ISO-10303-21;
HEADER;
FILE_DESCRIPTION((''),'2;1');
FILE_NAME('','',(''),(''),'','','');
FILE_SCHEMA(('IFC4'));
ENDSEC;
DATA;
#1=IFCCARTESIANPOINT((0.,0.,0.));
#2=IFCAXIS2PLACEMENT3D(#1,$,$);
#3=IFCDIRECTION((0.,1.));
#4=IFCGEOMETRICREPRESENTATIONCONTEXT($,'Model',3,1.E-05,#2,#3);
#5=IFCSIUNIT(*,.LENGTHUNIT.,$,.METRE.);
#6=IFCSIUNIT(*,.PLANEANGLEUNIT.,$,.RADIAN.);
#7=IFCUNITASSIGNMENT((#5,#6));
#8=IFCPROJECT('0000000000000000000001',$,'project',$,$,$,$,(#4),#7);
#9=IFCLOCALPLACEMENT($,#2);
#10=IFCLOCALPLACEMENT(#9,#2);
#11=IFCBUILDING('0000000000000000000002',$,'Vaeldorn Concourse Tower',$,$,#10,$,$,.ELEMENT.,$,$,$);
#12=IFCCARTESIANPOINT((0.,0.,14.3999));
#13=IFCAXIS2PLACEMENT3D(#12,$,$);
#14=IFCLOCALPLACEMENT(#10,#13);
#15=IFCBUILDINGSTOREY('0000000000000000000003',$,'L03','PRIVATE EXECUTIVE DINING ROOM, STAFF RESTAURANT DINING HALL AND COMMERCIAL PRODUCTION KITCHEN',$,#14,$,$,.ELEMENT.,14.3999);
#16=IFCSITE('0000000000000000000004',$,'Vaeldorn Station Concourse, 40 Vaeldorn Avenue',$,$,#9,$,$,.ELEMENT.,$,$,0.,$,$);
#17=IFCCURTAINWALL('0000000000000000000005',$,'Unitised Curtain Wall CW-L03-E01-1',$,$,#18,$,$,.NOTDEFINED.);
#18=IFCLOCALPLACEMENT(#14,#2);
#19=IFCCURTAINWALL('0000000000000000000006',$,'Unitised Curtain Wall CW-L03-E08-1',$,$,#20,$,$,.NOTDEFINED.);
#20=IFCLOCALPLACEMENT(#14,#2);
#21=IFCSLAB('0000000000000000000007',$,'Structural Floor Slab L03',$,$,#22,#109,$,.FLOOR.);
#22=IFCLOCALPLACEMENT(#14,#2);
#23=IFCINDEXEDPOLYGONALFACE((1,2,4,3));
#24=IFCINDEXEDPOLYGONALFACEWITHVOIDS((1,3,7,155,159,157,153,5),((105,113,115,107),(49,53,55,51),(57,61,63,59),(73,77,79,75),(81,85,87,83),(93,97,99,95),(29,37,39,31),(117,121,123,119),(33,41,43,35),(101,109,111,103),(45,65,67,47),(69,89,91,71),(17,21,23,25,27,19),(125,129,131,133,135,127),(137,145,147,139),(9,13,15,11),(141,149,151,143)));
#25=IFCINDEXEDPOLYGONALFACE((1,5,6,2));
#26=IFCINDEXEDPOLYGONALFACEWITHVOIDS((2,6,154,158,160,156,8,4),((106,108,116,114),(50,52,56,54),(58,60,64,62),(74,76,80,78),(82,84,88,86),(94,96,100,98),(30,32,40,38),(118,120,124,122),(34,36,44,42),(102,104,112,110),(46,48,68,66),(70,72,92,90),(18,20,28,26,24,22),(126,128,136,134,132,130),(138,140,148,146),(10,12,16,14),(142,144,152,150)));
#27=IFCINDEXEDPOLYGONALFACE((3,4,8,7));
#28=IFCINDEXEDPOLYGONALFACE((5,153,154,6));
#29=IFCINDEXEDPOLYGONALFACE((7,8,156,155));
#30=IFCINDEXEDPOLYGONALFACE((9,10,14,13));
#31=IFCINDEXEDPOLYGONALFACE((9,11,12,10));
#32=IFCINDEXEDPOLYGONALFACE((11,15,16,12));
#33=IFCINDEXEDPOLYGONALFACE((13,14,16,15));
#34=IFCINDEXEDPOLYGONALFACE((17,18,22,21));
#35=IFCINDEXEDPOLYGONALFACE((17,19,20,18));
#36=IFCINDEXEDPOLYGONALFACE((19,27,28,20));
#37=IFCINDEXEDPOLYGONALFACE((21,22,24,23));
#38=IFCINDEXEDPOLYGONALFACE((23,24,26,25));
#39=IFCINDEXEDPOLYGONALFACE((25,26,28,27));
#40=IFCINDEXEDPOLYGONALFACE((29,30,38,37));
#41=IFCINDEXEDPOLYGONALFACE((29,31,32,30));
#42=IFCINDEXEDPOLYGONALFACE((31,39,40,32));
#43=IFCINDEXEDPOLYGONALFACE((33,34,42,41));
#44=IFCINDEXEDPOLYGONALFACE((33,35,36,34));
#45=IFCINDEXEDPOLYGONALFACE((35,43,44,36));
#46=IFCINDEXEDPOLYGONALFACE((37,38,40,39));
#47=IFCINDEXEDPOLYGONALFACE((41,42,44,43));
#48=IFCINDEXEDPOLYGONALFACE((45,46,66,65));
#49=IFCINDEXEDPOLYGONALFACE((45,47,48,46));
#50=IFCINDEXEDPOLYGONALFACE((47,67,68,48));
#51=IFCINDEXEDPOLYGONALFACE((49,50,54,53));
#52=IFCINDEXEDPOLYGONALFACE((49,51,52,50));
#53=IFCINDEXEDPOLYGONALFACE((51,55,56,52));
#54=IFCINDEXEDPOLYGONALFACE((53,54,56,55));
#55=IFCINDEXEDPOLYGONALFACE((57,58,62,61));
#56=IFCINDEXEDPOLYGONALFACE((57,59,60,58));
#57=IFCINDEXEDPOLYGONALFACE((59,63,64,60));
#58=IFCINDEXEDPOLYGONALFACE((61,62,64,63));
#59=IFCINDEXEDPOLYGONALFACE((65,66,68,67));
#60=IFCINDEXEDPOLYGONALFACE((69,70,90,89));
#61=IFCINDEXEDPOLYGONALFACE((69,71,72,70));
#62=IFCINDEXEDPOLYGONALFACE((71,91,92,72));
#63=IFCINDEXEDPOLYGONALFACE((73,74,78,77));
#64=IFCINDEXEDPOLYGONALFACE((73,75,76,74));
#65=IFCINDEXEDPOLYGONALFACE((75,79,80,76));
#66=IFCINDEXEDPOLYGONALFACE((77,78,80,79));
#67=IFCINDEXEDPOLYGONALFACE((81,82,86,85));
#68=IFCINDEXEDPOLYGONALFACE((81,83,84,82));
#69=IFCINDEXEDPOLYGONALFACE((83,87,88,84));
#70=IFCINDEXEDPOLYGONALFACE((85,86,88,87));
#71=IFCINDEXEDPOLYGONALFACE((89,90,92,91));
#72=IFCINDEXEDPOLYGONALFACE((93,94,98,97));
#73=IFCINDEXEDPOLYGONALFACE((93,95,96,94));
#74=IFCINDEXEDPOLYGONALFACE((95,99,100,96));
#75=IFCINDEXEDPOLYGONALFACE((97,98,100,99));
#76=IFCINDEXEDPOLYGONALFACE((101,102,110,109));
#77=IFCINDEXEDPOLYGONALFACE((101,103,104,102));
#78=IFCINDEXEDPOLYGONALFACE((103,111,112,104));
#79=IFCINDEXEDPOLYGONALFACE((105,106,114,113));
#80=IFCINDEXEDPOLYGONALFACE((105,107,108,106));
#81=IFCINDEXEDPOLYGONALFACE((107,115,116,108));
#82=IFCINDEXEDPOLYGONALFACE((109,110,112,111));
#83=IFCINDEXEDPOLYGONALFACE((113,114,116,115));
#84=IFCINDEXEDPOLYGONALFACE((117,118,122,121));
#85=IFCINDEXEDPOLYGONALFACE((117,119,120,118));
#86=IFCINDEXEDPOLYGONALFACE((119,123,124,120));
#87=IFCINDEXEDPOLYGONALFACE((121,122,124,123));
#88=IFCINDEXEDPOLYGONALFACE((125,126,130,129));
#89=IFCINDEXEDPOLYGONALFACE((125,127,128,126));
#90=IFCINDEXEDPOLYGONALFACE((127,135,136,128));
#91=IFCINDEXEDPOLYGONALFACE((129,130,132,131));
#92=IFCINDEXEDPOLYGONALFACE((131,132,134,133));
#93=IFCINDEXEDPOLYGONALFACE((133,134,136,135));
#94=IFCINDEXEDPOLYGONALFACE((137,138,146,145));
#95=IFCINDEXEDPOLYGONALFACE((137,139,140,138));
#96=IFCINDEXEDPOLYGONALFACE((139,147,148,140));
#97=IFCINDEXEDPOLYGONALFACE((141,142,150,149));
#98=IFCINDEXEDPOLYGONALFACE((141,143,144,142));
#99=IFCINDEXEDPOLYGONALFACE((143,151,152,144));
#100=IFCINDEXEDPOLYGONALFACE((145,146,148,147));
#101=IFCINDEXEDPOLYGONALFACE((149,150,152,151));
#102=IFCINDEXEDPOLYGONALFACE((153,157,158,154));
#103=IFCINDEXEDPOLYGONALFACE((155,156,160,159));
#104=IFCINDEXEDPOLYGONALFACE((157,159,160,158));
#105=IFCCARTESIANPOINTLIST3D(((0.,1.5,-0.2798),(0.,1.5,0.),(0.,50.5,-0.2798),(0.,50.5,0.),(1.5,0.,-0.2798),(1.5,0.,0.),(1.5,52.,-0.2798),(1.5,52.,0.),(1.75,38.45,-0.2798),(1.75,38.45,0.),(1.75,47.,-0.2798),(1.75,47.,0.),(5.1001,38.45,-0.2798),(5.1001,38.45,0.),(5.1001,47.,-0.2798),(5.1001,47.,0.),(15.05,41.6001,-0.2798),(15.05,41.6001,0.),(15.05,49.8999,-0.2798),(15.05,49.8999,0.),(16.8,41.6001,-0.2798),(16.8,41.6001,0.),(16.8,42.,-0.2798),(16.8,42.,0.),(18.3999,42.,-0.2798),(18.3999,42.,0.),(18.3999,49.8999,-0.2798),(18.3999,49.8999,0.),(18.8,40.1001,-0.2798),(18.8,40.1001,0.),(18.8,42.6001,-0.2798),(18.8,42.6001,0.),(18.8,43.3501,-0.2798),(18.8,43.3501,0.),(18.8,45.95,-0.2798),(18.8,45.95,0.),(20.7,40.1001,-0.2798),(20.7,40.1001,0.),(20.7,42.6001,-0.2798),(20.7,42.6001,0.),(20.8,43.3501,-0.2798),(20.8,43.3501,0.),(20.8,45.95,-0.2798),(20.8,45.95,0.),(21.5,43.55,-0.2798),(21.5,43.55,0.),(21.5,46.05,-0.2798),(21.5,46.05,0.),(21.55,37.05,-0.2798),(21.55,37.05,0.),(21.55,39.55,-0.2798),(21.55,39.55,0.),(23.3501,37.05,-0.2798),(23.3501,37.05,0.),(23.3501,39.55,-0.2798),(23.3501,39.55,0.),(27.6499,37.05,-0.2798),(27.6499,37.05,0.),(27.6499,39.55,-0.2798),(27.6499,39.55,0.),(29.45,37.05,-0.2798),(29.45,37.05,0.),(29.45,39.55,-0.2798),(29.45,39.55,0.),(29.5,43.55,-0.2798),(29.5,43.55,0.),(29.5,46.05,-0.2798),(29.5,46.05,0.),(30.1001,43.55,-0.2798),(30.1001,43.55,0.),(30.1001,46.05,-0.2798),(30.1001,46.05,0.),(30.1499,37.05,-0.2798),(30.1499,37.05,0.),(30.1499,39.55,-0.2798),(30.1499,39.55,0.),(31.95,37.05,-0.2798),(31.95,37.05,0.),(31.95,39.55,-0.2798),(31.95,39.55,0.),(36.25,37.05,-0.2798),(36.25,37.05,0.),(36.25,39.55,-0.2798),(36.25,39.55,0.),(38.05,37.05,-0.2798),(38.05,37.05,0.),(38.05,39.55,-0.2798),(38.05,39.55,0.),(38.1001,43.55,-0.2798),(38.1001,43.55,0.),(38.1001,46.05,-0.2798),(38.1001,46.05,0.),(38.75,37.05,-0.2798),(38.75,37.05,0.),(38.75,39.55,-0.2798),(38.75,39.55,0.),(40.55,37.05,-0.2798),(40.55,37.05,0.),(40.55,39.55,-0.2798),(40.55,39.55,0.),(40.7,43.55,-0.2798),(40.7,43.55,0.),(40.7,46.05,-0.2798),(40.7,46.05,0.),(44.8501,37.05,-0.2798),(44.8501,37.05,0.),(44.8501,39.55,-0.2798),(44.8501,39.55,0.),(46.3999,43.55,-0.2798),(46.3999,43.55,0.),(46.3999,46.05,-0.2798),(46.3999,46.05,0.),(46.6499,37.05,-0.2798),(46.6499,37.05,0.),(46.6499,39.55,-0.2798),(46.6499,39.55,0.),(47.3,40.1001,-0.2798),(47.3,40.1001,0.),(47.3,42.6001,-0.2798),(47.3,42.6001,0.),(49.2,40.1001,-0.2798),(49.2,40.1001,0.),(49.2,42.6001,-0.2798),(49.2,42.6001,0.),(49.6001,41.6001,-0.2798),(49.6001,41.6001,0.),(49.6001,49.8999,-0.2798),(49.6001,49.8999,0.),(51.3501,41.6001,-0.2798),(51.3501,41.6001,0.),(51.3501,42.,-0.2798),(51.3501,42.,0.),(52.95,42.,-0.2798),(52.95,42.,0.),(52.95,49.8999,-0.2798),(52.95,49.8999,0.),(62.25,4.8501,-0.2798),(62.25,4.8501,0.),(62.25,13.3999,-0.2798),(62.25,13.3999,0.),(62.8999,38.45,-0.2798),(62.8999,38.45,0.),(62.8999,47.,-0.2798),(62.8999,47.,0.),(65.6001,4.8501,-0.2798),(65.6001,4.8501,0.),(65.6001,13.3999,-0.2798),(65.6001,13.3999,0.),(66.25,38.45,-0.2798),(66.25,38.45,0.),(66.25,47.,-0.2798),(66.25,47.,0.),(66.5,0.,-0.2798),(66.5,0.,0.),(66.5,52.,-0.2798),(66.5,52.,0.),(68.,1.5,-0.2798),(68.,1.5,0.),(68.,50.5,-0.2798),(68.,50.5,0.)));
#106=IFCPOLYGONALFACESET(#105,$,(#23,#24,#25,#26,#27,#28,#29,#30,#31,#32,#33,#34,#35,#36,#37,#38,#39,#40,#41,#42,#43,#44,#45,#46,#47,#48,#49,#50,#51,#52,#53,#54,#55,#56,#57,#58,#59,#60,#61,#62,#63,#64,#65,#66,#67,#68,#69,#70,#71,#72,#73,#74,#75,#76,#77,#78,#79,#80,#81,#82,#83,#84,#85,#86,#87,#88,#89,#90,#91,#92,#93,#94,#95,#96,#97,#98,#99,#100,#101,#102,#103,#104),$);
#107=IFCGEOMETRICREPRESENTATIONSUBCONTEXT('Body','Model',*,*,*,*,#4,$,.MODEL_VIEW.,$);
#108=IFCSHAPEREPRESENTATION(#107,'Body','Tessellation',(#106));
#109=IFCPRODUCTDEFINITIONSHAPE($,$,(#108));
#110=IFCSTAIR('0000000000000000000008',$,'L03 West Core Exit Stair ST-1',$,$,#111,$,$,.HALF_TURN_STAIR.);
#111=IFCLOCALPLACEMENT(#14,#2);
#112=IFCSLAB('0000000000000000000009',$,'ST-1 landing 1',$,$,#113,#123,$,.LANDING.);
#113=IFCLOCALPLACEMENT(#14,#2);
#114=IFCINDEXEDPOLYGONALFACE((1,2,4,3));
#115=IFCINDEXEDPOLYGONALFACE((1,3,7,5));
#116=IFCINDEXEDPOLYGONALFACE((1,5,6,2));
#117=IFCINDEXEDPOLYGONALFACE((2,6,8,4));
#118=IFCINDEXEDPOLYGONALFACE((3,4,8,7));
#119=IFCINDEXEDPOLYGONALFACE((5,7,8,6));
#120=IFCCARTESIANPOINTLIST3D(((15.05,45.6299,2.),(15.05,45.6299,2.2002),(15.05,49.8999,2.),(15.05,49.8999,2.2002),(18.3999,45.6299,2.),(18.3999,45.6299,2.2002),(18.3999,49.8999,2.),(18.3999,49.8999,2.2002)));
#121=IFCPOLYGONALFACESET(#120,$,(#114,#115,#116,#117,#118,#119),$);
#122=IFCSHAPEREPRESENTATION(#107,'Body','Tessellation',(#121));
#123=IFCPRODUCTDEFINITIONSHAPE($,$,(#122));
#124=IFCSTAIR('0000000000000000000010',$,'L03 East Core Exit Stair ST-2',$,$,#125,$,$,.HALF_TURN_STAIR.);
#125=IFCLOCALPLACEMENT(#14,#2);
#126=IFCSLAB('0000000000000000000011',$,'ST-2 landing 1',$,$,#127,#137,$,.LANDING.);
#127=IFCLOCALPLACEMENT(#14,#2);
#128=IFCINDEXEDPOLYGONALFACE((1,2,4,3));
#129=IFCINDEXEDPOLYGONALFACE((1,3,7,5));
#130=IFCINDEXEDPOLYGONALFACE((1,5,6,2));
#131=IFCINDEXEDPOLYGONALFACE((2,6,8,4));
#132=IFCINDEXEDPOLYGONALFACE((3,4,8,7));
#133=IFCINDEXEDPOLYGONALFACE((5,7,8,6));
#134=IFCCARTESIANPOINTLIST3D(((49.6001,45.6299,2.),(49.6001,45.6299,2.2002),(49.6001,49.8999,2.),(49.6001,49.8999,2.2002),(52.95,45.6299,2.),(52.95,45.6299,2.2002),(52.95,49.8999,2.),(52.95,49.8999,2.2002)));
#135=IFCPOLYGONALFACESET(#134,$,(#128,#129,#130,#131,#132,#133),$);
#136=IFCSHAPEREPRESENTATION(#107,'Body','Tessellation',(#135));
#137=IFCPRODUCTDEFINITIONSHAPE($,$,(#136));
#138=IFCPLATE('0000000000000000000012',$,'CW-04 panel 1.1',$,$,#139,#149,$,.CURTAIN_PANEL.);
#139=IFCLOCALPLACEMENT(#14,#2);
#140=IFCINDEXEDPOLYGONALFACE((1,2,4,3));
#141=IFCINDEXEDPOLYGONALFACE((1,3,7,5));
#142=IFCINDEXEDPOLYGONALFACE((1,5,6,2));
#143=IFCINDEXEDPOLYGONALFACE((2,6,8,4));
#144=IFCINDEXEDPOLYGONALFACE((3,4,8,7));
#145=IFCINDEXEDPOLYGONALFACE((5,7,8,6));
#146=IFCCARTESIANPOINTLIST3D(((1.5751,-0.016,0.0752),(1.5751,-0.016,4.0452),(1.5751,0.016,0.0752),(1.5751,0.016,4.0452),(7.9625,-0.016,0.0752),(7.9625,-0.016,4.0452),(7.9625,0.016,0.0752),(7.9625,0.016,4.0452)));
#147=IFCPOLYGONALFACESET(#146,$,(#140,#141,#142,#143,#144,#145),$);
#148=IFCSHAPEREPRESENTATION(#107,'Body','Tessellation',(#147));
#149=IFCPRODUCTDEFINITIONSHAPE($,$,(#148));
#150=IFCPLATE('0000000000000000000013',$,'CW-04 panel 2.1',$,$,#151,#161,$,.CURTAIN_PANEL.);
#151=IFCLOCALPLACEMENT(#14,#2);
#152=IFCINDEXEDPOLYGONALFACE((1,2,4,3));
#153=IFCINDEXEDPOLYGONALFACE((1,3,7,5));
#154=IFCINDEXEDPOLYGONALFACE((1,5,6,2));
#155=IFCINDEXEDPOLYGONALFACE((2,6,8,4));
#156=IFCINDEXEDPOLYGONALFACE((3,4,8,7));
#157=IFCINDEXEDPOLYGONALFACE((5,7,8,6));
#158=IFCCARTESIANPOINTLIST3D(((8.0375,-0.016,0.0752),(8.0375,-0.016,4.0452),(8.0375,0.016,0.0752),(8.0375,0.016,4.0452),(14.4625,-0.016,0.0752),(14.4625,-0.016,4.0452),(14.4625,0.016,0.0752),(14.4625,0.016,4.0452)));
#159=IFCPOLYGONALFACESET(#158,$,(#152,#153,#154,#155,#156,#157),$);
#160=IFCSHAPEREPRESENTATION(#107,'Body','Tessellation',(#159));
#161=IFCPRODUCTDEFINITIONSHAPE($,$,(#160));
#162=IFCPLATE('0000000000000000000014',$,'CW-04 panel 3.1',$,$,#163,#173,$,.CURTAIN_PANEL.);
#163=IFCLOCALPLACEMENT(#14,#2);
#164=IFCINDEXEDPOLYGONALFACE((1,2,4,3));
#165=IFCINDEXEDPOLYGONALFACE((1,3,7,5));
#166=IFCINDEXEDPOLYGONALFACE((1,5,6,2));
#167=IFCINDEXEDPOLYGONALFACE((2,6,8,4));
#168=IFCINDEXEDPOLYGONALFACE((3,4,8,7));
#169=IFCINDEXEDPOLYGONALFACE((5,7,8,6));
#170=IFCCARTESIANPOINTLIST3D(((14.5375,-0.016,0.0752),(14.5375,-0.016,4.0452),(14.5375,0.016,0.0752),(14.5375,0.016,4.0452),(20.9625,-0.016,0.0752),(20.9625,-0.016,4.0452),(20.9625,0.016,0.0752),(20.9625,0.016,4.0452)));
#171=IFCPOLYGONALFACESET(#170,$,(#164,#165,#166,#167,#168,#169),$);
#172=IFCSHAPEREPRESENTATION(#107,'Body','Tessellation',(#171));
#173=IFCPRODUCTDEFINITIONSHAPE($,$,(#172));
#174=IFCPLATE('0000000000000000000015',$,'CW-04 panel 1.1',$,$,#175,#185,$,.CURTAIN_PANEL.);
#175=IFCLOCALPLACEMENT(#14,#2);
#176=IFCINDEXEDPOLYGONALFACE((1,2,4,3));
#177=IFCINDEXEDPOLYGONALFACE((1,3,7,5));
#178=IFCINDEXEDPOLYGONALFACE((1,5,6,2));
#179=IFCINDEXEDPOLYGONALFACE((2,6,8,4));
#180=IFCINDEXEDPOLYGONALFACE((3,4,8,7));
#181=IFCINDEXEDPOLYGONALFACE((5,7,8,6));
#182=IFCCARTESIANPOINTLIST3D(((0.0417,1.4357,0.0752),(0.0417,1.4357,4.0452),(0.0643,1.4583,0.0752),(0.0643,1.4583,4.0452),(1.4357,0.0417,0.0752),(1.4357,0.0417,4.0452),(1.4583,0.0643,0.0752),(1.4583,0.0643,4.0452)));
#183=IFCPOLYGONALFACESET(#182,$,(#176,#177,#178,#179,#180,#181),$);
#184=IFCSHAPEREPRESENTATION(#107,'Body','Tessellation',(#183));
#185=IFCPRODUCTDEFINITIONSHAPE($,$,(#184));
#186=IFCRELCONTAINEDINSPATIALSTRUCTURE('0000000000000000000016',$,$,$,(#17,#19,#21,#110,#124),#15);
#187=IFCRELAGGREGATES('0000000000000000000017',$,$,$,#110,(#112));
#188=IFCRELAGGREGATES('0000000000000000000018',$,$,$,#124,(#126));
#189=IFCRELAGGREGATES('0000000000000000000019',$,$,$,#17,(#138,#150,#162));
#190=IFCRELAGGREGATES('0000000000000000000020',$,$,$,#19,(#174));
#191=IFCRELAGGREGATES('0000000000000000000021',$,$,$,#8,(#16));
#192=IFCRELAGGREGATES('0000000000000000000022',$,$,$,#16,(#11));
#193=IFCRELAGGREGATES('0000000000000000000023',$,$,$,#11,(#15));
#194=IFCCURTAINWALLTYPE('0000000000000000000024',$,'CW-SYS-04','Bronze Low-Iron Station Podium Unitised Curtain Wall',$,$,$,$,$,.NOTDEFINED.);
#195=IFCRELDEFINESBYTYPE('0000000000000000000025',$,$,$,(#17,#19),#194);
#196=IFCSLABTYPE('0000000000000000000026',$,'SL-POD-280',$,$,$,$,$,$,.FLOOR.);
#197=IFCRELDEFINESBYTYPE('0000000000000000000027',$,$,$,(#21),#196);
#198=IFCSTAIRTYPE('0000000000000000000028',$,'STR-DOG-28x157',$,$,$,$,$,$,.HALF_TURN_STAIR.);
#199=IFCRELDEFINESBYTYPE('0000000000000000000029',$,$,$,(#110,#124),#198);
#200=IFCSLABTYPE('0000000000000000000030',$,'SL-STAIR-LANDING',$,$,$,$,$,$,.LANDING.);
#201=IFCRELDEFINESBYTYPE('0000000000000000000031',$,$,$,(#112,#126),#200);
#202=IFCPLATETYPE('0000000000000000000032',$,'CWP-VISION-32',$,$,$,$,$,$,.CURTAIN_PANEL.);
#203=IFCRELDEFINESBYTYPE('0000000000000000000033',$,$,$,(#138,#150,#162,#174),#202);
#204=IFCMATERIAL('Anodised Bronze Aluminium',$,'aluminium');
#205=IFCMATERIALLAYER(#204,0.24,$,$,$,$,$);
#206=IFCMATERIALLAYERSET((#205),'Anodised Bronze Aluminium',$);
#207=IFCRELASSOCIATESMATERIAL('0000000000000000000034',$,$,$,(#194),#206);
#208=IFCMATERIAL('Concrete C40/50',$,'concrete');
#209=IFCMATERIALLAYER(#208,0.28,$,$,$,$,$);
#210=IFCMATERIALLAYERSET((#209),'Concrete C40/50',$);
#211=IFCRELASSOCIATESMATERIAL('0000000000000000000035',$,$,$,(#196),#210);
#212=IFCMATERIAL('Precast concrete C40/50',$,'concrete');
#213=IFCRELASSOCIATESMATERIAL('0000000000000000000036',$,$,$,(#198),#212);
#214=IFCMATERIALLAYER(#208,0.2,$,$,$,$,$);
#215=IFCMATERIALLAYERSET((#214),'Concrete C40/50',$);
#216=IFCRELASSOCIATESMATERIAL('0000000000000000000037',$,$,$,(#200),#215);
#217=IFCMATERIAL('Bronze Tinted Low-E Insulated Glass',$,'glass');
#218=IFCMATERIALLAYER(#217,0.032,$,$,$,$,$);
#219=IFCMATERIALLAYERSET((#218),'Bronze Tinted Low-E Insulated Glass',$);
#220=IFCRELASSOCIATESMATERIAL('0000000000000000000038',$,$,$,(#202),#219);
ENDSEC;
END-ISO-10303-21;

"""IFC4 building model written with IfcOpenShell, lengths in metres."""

from ifc_helpers import new_model, si_unit, direction, frame, origin, origin_2d, place, context, subcontext, project, spatial, polyline, rectangle, outline, extrude, source, transform, mapped, material, layer, layer_set, type_object, element, aggregate, save


model = new_model("IFC4")

# Units and contexts
model_context = context("Model", 3, precision=1e-05, world=origin(), true_north=direction((0.0, 1.0)))
body_context = subcontext(model_context, "Body", "Model", "MODEL_VIEW")
ifc_project = project(units=[si_unit("LENGTHUNIT", "METRE"), si_unit("PLANEANGLEUNIT", "RADIAN")], contexts=[model_context])

# Site, building, storey
site_placement = place(None, origin())
site = spatial("IfcSite", under=ifc_project, at=site_placement, Name="Vaeldorn Station Concourse, 40 Vaeldorn Avenue", CompositionType="ELEMENT", RefElevation=0.0)
building_placement = place(site_placement, origin())
building = spatial("IfcBuilding", under=site, at=building_placement, Name="Vaeldorn Concourse Tower", CompositionType="ELEMENT")
storey_placement = place(building_placement, frame((0.0, 0.0, 14.3999)))
storey = spatial("IfcBuildingStorey", under=building, at=storey_placement, Name="L03", Description="PRIVATE EXECUTIVE DINING ROOM, STAFF RESTAURANT DINING HALL AND COMMERCIAL PRODUCTION KITCHEN", CompositionType="ELEMENT", Elevation=14.3999)

# Curtain wall
ifc_material_1 = material(Name="Anodised Bronze Aluminium", Category="aluminium")
ifc_layer_1 = layer(ifc_material_1, 0.24)
ifc_layer_set_1 = layer_set([ifc_layer_1], Name="Anodised Bronze Aluminium")
curtain_wall_type = type_object("IfcCurtainWallType", Name="CW-SYS-04", Description="Bronze Low-Iron Station Podium Unitised Curtain Wall", PredefinedType="NOTDEFINED", material=ifc_layer_set_1)
curtain_wall_1_placement = place(storey_placement, origin())
curtain_wall_1 = element("IfcCurtainWall", 1, at=curtain_wall_1_placement, inside=storey, type_object=curtain_wall_type, Name="Unitised Curtain Wall CW-L03-E01-1", PredefinedType="NOTDEFINED")

# Curtain wall
curtain_wall_2_placement = place(storey_placement, origin())
curtain_wall_2 = element("IfcCurtainWall", 2, at=curtain_wall_2_placement, inside=storey, type_object=curtain_wall_type, Name="Unitised Curtain Wall CW-L03-E08-1", PredefinedType="NOTDEFINED")

# Slab
ifc_material_2 = material(Name="Concrete C40/50", Category="concrete")
ifc_layer_2 = layer(ifc_material_2, 0.28)
ifc_layer_set_2 = layer_set([ifc_layer_2], Name="Concrete C40/50")
slab_type_1 = type_object("IfcSlabType", Name="SL-POD-280", PredefinedType="FLOOR", material=ifc_layer_set_2)
slab_1_placement = place(storey_placement, frame((0.0, 0.0, -0.2798)))
element("IfcSlab", 3, at=slab_1_placement, inside=storey, type_object=slab_type_1, Name="Structural Floor Slab L03", PredefinedType="FLOOR", context=body_context, shape_type="SweptSolid", body=[
    extrude(outline(polyline([(1.5, 0.0), (66.5, 0.0), (68.0, 1.5), (68.0, 50.5), (66.5, 52.0), (1.5, 52.0), (0.0, 50.5), (0.0, 1.5), (1.5, 0.0)]), holes=[polyline([(18.3999, 42.0), (18.3999, 49.8999), (15.05, 49.8999), (15.05, 41.6001), (16.8, 41.6001), (16.8, 42.0), (18.3999, 42.0)]), polyline([(52.95, 42.0), (52.95, 49.8999), (49.6001, 49.8999), (49.6001, 41.6001), (51.3501, 41.6001), (51.3501, 42.0), (52.95, 42.0)]), polyline([(5.1001, 38.45), (5.1001, 47.0), (1.75, 47.0), (1.75, 38.45), (5.1001, 38.45)]), polyline([(66.25, 38.45), (66.25, 47.0), (62.8999, 47.0), (62.8999, 38.45), (66.25, 38.45)]), polyline([(65.6001, 4.8501), (65.6001, 13.3999), (62.25, 13.3999), (62.25, 4.8501), (65.6001, 4.8501)]), polyline([(21.55, 37.05), (23.3501, 37.05), (23.3501, 39.55), (21.55, 39.55), (21.55, 37.05)]), polyline([(27.6499, 37.05), (29.45, 37.05), (29.45, 39.55), (27.6499, 39.55), (27.6499, 37.05)]), polyline([(21.5, 43.55), (29.5, 43.55), (29.5, 46.05), (21.5, 46.05), (21.5, 43.55)]), polyline([(30.1499, 37.05), (31.95, 37.05), (31.95, 39.55), (30.1499, 39.55), (30.1499, 37.05)]), polyline([(36.25, 37.05), (38.05, 37.05), (38.05, 39.55), (36.25, 39.55), (36.25, 37.05)]), polyline([(30.1001, 43.55), (38.1001, 43.55), (38.1001, 46.05), (30.1001, 46.05), (30.1001, 43.55)]), polyline([(38.75, 37.05), (40.55, 37.05), (40.55, 39.55), (38.75, 39.55), (38.75, 37.05)]), polyline([(44.8501, 37.05), (46.6499, 37.05), (46.6499, 39.55), (44.8501, 39.55), (44.8501, 37.05)]), polyline([(40.7, 43.55), (46.3999, 43.55), (46.3999, 46.05), (40.7, 46.05), (40.7, 43.55)]), polyline([(18.8, 43.3501), (20.8, 43.3501), (20.8, 45.95), (18.8, 45.95), (18.8, 43.3501)]), polyline([(18.8, 40.1001), (20.7, 40.1001), (20.7, 42.6001), (18.8, 42.6001), (18.8, 40.1001)]), polyline([(47.3, 40.1001), (49.2, 40.1001), (49.2, 42.6001), (47.3, 42.6001), (47.3, 40.1001)])]), origin(), (0.0, 0.0, 1.0), 0.2798),
])

# Stairs, slabs
ifc_material_3 = material(Name="Precast concrete C40/50", Category="concrete")
stair_type = type_object("IfcStairType", Name="STR-DOG-28x157", PredefinedType="HALF_TURN_STAIR", material=ifc_material_3)
stair_1_placement = place(storey_placement, origin())
stair_1 = element("IfcStair", 4, at=stair_1_placement, inside=storey, type_object=stair_type, Name="L03 West Core Exit Stair ST-1", PredefinedType="HALF_TURN_STAIR")
ifc_layer_3 = layer(ifc_material_2, 0.2)
ifc_layer_set_3 = layer_set([ifc_layer_3], Name="Concrete C40/50")
slab_type_2 = type_object("IfcSlabType", Name="SL-STAIR-LANDING", PredefinedType="LANDING", material=ifc_layer_set_3)
slab_2_placement = place(storey_placement, frame((0.0, 0.0, 2.0)))
slab_2 = element("IfcSlab", 5, at=slab_2_placement, type_object=slab_type_2, Name="ST-1 landing 1", PredefinedType="LANDING", context=body_context, shape_type="SweptSolid", body=[
    extrude(outline(polyline([(18.3999, 45.6299), (18.3999, 49.8999), (15.05, 49.8999), (15.05, 45.6299), (18.3999, 45.6299)])), origin(), (0.0, 0.0, 1.0), 0.2002),
])
aggregate(stair_1, [slab_2])
stair_2_placement = place(storey_placement, origin())
stair_2 = element("IfcStair", 6, at=stair_2_placement, inside=storey, type_object=stair_type, Name="L03 East Core Exit Stair ST-2", PredefinedType="HALF_TURN_STAIR")
slab_3_placement = place(storey_placement, frame((0.0, 0.0, 2.0)))
slab_3 = element("IfcSlab", 7, at=slab_3_placement, type_object=slab_type_2, Name="ST-2 landing 1", PredefinedType="LANDING", context=body_context, shape_type="SweptSolid", body=[
    extrude(outline(polyline([(52.95, 45.6299), (52.95, 49.8999), (49.6001, 49.8999), (49.6001, 45.6299), (52.95, 45.6299)])), origin(), (0.0, 0.0, 1.0), 0.2002),
])
aggregate(stair_2, [slab_3])

# Plates
ifc_material_4 = material(Name="Bronze Tinted Low-E Insulated Glass", Category="glass")
ifc_layer_4 = layer(ifc_material_4, 0.032)
ifc_layer_set_4 = layer_set([ifc_layer_4], Name="Bronze Tinted Low-E Insulated Glass")
plate_type = type_object("IfcPlateType", Name="CWP-VISION-32", PredefinedType="CURTAIN_PANEL", material=ifc_layer_set_4)
shared_shape_1 = source(origin(), body_context, "Body", "SweptSolid", [
    extrude(rectangle(XDim=6.3875, YDim=0.032, at=origin_2d()), origin(), (0.0, 0.0, 1.0), 3.97),
])
plate_1_placement = place(storey_placement, frame((4.7688, 0.0, 0.0752), z_axis=(0.0, 0.0, 1.0), x_axis=(1.0, 0.0, 0.0)))
plate_1 = element("IfcPlate", 8, at=plate_1_placement, type_object=plate_type, Name="CW-04 panel 1.1", PredefinedType="CURTAIN_PANEL", context=body_context, shape_type="MappedRepresentation", body=[
    mapped(shared_shape_1, transform((0.0, 0.0, 0.0), scale=1.0)),
])
shared_shape_2 = source(origin(), body_context, "Body", "SweptSolid", [
    extrude(rectangle(XDim=6.425, YDim=0.032, at=origin_2d()), origin(), (0.0, 0.0, 1.0), 3.97),
])
plate_2_placement = place(storey_placement, frame((11.25, 0.0, 0.0752), z_axis=(0.0, 0.0, 1.0), x_axis=(1.0, 0.0, 0.0)))
plate_2 = element("IfcPlate", 9, at=plate_2_placement, type_object=plate_type, Name="CW-04 panel 2.1", PredefinedType="CURTAIN_PANEL", context=body_context, shape_type="MappedRepresentation", body=[
    mapped(shared_shape_2, transform((0.0, 0.0, 0.0), scale=1.0)),
])
plate_3_placement = place(storey_placement, frame((17.75, 0.0, 0.0752), z_axis=(0.0, 0.0, 1.0), x_axis=(1.0, 0.0, 0.0)))
plate_3 = element("IfcPlate", 10, at=plate_3_placement, type_object=plate_type, Name="CW-04 panel 3.1", PredefinedType="CURTAIN_PANEL", context=body_context, shape_type="MappedRepresentation", body=[
    mapped(shared_shape_2, transform((0.0, 0.0, 0.0), scale=1.0)),
])
aggregate(curtain_wall_1, [plate_1, plate_2, plate_3])
shared_shape_3 = source(origin(), body_context, "Body", "SweptSolid", [
    extrude(rectangle(XDim=1.9714, YDim=0.032, at=origin_2d()), origin(), (0.0, 0.0, 1.0), 3.97),
])
plate_4_placement = place(storey_placement, frame((0.75, 0.75, 0.0752), z_axis=(0.0, 0.0, 1.0), x_axis=(0.707107, -0.707107, 0.0)))
plate_4 = element("IfcPlate", 11, at=plate_4_placement, type_object=plate_type, Name="CW-04 panel 1.1", PredefinedType="CURTAIN_PANEL", context=body_context, shape_type="MappedRepresentation", body=[
    mapped(shared_shape_3, transform((0.0, 0.0, 0.0), scale=1.0)),
])
aggregate(curtain_wall_2, [plate_4])

save(model, "model.ifc")
